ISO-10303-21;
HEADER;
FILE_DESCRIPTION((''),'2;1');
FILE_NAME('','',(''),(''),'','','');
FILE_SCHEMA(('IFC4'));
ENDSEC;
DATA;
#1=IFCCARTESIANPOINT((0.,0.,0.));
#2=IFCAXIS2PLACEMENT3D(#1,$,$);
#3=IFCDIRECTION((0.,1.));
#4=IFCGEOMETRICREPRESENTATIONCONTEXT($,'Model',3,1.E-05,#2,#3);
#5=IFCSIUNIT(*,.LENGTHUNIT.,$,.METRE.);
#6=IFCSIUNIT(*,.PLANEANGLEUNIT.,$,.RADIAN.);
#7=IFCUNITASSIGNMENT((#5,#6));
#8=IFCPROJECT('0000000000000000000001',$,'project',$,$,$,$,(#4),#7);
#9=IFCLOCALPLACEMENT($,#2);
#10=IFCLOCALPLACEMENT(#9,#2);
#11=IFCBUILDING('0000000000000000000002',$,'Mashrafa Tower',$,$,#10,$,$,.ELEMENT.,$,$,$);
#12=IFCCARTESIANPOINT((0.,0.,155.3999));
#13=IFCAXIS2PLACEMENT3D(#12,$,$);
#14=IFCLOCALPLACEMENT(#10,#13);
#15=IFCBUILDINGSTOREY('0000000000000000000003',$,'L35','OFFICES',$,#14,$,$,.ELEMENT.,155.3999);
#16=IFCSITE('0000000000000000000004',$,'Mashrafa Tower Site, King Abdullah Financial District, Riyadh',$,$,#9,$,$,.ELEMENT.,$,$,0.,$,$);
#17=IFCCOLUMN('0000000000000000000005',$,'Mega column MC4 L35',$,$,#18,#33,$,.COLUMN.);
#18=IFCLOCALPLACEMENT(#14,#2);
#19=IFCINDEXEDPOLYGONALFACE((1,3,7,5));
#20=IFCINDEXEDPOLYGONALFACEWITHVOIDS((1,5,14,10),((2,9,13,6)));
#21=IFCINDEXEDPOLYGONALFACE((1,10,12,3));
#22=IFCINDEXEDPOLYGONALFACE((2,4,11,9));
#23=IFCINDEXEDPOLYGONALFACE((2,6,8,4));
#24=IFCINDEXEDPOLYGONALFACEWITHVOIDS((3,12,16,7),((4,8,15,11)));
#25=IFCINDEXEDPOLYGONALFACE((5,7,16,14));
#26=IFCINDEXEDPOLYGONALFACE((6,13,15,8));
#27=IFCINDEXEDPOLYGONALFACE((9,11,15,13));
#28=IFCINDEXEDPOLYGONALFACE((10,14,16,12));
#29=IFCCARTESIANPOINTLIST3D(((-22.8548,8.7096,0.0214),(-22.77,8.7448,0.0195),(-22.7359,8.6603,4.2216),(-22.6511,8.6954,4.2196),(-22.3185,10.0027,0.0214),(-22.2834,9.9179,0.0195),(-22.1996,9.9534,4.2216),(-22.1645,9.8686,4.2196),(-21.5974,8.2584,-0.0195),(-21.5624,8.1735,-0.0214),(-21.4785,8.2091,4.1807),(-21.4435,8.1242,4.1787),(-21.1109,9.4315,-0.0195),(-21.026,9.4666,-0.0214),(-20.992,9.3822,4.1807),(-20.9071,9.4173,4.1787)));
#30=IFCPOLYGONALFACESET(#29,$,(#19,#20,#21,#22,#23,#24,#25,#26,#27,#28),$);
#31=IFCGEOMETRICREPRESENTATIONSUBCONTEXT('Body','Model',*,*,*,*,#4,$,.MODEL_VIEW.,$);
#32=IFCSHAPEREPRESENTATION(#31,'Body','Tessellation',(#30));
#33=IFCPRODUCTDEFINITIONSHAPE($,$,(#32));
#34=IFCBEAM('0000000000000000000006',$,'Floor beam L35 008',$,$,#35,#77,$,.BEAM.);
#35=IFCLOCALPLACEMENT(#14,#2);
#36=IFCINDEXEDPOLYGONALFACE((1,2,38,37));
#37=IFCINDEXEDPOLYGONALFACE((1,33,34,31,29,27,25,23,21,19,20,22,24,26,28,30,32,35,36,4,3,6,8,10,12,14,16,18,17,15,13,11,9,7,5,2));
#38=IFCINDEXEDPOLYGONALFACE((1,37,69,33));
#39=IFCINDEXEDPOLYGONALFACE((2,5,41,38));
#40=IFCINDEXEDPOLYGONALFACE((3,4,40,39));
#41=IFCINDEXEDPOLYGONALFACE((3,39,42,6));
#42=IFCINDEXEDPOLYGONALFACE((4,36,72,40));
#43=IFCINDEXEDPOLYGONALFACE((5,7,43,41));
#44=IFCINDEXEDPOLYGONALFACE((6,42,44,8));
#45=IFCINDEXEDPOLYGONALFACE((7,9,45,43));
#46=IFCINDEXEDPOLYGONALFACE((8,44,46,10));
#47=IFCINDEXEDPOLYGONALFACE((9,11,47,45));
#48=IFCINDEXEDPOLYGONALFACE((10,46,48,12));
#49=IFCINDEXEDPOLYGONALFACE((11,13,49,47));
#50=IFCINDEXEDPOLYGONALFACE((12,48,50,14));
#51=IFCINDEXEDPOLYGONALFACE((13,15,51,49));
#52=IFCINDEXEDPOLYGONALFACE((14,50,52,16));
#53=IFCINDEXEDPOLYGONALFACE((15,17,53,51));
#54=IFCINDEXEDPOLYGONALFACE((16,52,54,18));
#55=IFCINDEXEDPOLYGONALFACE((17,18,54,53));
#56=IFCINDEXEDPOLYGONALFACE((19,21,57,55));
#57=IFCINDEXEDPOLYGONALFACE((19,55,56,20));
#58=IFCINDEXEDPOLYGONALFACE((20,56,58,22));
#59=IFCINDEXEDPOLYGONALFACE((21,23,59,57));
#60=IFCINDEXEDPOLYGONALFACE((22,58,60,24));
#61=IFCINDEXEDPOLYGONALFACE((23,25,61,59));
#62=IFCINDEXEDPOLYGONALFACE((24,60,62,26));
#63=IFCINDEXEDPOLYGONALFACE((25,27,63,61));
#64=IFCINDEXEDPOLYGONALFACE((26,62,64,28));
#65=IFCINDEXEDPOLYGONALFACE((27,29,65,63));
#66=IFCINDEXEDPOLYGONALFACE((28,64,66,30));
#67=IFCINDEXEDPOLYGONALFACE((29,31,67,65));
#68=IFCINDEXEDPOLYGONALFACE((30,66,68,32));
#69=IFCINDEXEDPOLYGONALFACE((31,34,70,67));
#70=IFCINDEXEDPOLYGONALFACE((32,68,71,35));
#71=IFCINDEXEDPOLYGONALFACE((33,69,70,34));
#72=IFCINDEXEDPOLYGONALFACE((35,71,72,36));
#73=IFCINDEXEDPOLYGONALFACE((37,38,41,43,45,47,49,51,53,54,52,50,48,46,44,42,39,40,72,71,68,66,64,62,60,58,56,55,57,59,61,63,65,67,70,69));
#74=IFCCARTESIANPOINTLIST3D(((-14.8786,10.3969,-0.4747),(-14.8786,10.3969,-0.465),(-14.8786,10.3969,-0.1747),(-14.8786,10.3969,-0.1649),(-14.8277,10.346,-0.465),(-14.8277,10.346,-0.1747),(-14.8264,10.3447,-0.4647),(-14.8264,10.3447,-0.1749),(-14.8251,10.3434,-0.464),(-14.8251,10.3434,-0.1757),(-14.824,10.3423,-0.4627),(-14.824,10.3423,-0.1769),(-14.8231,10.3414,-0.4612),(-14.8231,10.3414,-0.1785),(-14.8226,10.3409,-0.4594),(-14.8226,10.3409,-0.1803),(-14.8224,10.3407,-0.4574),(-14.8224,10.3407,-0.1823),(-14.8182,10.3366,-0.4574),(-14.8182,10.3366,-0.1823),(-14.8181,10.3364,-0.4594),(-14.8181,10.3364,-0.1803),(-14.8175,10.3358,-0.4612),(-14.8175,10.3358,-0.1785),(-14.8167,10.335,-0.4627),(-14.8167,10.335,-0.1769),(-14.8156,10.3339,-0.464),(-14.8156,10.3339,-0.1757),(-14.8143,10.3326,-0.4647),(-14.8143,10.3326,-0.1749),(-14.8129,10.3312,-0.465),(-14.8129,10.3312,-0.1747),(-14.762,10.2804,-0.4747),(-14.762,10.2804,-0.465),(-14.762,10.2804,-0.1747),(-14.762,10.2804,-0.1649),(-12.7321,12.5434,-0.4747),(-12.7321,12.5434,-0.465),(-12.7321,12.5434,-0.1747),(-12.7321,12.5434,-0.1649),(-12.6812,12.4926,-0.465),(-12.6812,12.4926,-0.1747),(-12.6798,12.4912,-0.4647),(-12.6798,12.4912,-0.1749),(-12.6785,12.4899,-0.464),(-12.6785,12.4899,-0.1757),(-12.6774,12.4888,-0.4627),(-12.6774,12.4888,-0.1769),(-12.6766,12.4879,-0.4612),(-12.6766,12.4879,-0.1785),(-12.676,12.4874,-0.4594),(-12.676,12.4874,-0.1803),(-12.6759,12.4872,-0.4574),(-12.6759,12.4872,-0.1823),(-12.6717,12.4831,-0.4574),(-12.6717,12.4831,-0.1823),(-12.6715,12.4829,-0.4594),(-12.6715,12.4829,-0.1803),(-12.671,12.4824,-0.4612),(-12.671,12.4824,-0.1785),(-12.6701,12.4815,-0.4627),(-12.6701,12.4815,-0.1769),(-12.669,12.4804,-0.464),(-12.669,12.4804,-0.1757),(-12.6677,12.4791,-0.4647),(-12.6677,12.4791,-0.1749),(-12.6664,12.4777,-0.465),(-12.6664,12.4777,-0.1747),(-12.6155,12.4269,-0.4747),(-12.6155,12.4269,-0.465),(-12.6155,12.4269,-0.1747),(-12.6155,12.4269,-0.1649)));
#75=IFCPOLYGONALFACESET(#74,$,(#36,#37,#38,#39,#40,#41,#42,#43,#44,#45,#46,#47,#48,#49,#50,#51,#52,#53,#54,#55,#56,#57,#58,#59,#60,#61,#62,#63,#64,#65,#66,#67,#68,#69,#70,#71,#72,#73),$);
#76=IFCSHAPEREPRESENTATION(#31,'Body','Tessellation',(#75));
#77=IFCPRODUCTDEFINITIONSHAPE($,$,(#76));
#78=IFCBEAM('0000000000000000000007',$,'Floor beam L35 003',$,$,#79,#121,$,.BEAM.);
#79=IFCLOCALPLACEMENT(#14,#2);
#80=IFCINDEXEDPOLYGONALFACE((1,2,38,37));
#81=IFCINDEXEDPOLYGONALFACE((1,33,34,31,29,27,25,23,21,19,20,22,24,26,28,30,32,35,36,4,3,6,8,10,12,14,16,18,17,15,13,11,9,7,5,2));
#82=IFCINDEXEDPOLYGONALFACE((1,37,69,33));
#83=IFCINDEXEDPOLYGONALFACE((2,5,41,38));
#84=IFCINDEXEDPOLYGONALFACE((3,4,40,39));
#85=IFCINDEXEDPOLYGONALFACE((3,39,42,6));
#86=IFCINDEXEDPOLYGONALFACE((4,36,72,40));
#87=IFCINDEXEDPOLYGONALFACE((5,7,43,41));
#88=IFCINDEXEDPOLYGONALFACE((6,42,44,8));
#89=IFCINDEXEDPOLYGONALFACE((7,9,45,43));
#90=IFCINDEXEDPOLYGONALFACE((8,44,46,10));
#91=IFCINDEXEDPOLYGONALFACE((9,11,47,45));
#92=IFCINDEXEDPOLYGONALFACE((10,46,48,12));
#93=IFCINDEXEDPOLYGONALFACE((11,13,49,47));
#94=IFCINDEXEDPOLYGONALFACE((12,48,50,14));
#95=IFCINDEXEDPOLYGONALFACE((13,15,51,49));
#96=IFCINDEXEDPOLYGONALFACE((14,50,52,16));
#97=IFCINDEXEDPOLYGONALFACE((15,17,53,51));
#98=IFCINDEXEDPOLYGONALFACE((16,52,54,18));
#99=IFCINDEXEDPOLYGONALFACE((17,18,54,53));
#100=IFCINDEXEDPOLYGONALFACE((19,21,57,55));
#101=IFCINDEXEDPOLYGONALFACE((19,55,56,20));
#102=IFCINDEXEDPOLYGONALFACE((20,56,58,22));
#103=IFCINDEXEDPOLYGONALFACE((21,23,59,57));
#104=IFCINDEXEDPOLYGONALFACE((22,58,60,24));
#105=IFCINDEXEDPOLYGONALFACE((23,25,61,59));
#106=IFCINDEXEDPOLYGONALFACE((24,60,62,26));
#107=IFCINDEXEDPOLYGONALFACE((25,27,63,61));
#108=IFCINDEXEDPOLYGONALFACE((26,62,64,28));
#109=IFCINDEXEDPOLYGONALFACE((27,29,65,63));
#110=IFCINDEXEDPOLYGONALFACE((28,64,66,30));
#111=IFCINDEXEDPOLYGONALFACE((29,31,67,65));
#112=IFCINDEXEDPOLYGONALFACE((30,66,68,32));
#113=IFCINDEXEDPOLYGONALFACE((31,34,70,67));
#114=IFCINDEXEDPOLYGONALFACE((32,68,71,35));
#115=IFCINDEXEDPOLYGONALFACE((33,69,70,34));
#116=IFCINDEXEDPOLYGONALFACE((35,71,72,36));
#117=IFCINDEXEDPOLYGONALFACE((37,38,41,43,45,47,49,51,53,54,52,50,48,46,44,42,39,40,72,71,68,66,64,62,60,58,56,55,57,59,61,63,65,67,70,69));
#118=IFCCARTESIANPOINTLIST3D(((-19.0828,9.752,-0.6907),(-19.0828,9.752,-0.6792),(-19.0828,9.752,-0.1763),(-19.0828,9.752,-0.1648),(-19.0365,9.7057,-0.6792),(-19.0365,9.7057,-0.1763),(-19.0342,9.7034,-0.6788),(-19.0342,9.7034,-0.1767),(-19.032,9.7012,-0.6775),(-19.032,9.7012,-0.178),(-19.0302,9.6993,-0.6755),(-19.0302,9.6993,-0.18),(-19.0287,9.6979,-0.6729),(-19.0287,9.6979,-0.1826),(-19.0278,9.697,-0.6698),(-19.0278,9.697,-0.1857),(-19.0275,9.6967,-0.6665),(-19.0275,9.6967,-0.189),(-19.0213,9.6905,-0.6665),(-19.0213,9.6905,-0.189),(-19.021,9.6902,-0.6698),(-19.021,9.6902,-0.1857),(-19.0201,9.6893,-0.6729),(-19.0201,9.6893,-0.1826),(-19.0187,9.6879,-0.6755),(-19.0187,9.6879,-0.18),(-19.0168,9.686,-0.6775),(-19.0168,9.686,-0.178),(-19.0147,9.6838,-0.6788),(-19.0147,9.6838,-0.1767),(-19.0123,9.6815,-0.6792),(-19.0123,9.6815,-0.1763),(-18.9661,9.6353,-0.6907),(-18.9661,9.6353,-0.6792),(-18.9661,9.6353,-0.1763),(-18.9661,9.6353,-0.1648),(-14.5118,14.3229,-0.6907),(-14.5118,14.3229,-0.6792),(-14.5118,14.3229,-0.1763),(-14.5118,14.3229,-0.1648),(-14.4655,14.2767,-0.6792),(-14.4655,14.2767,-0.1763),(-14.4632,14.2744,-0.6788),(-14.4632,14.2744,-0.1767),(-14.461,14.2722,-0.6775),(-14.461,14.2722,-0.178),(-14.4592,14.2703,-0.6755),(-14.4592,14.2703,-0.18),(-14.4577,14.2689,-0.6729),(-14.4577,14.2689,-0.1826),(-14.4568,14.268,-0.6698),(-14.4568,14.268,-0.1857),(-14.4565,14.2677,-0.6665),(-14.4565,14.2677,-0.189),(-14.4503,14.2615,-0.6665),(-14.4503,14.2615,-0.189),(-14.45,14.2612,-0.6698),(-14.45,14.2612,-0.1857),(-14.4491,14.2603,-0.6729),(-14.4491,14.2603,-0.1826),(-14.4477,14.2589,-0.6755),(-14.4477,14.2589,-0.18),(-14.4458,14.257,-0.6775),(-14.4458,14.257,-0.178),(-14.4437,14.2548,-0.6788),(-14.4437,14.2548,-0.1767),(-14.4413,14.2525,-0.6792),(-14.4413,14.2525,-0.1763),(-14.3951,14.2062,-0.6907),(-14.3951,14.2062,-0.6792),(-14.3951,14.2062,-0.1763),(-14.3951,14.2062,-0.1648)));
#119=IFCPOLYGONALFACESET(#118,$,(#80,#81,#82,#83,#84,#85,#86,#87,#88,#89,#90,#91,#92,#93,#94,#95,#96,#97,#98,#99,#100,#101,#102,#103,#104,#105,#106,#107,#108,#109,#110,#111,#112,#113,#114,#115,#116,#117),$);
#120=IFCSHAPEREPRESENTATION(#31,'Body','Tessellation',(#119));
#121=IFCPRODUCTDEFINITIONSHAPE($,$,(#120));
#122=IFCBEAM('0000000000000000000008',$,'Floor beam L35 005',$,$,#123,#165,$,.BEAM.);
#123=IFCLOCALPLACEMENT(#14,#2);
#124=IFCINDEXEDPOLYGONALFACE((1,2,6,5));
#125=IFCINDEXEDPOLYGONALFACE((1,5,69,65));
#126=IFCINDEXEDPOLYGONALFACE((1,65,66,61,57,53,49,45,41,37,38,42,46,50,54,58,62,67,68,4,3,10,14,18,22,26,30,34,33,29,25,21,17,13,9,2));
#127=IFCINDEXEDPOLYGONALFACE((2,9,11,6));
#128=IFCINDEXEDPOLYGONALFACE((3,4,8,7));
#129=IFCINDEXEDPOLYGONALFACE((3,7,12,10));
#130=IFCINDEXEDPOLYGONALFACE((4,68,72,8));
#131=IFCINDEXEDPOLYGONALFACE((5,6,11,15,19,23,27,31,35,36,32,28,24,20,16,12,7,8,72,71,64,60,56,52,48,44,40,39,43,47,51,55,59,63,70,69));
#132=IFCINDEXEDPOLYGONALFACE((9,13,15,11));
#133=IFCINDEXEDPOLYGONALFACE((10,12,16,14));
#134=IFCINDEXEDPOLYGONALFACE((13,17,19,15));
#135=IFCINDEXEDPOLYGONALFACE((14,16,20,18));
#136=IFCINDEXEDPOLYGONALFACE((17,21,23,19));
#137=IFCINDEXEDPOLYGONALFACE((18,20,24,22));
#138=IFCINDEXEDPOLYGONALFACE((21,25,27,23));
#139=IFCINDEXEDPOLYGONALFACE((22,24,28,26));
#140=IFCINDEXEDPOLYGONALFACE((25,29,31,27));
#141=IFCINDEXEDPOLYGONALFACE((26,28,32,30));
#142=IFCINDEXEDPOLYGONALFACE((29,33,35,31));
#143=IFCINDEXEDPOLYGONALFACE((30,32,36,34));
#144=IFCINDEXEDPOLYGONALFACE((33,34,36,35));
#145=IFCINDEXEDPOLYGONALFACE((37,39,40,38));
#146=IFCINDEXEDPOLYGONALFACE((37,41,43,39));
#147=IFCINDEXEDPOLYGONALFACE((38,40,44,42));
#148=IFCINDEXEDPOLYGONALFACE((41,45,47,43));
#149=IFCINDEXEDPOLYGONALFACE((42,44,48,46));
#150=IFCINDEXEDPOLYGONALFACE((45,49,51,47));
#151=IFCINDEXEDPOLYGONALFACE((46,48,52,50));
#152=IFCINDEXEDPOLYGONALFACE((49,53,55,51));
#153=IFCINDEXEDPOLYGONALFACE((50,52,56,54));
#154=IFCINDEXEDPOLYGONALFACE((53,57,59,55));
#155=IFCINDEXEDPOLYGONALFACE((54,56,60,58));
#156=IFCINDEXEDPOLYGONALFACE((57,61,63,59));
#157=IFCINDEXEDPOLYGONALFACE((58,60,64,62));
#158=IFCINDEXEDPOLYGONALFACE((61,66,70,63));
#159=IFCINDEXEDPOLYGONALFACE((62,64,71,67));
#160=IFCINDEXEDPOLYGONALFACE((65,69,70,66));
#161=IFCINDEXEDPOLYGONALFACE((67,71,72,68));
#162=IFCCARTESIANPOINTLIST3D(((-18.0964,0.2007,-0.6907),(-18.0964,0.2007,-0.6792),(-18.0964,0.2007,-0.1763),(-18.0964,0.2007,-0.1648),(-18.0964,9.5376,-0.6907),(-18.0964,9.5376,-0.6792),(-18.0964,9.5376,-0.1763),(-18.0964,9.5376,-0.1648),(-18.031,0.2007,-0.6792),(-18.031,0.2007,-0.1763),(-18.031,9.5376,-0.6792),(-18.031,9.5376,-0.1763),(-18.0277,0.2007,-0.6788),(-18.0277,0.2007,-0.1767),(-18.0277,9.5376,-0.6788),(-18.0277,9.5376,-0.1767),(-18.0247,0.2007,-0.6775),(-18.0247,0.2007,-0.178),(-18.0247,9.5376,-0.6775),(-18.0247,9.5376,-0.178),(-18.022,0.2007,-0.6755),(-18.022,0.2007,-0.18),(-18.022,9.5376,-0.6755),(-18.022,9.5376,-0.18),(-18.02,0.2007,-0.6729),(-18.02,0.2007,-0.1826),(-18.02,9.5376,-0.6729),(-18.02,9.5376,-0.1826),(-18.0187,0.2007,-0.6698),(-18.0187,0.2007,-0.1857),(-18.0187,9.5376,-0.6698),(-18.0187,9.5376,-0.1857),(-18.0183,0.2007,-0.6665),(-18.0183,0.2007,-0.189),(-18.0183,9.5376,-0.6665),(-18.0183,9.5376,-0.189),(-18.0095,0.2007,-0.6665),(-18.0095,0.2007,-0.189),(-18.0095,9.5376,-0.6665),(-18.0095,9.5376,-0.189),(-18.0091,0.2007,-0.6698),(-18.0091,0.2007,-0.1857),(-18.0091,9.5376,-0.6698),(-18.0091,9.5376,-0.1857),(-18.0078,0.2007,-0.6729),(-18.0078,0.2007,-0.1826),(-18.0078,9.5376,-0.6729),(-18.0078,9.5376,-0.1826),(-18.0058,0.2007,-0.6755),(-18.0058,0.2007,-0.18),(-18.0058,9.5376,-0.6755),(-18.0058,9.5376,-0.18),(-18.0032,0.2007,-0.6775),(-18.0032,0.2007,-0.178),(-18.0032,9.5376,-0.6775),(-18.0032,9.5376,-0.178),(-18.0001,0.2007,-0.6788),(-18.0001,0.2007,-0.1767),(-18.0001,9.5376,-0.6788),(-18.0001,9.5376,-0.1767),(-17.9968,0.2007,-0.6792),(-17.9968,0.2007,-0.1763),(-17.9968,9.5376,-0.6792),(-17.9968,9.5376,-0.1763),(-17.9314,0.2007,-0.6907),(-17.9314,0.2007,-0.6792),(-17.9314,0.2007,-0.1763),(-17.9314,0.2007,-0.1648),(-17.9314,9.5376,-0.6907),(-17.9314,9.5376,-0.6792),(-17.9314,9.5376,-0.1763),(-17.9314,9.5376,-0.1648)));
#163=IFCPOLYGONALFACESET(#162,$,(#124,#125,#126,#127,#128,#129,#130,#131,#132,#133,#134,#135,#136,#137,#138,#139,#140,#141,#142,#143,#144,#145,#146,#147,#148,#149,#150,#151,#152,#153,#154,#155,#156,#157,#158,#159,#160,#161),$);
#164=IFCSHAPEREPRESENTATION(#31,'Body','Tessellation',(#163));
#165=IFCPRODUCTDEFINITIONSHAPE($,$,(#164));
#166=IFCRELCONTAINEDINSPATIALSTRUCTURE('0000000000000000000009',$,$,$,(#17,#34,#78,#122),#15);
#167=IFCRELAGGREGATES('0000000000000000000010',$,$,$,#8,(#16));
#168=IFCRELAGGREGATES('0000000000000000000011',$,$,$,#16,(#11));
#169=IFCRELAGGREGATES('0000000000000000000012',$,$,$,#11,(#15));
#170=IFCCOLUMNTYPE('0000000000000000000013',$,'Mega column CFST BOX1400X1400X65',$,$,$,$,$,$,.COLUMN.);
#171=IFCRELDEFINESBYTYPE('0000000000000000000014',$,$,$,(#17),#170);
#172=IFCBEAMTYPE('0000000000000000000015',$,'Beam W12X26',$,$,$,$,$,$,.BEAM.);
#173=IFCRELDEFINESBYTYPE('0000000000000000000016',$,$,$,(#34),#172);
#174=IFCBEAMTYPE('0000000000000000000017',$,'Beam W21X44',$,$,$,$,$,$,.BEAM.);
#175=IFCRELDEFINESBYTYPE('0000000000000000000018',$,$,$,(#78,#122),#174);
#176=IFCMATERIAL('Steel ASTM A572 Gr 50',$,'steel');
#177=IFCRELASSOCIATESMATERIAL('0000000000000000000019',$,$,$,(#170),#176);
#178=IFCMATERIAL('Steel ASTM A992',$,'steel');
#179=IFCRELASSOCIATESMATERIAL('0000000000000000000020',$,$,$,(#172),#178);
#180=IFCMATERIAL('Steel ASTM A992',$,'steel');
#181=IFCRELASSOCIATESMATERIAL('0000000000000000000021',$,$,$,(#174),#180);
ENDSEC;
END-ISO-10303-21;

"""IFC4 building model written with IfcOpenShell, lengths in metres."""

from ifc_helpers import new_model, si_unit, direction, frame, origin, origin_2d, place, context, subcontext, project, spatial, hollow_rectangle, i_section, extrude, material, material_profile, profile_set, type_object, element, save


model = new_model("IFC4")

# Units and contexts
model_context = context("Model", 3, precision=1e-05, world=origin(), true_north=direction((0.0, 1.0)))
body_context = subcontext(model_context, "Body", "Model", "MODEL_VIEW")
ifc_project = project(units=[si_unit("LENGTHUNIT", "METRE"), si_unit("PLANEANGLEUNIT", "RADIAN")], contexts=[model_context])

# Site, building, storey
site_placement = place(None, origin())
site = spatial("IfcSite", under=ifc_project, at=site_placement, Name="Mashrafa Tower Site, King Abdullah Financial District, Riyadh", CompositionType="ELEMENT", RefElevation=0.0)
building_placement = place(site_placement, origin())
building = spatial("IfcBuilding", under=site, at=building_placement, Name="Mashrafa Tower", CompositionType="ELEMENT")
storey_placement = place(building_placement, frame((0.0, 0.0, 155.3999)))
storey = spatial("IfcBuildingStorey", under=building, at=storey_placement, Name="L35", Description="OFFICES", CompositionType="ELEMENT", Elevation=155.3999)

# Column
ifc_material_1 = material(Name="Steel ASTM A572 Gr 50", Category="steel")
ifc_material_profile_1 = material_profile(ifc_material_1, hollow_rectangle(XDim=1.3999, YDim=1.3999, WallThickness=0.0649, at=origin_2d()), Name="BOX1400X1400X65")
ifc_profile_set_1 = profile_set([ifc_material_profile_1], Name="Steel ASTM A572 Gr 50")
column_type = type_object("IfcColumnType", Name="Mega column CFST BOX1400X1400X65", PredefinedType="COLUMN", material=ifc_profile_set_1)
column_placement = place(storey_placement, frame((-21.9404, 9.0881, 0.0), z_axis=(0.028294, -0.011736, 0.999531), x_axis=(0.383133, 0.923693, 0.0)))
element("IfcColumn", 1, at=column_placement, inside=storey, type_object=column_type, Name="Mega column MC4 L35", PredefinedType="COLUMN", context=body_context, shape_type="SweptSolid", body=[
    extrude(hollow_rectangle(XDim=1.3999, YDim=1.3999, WallThickness=0.0649, at=origin_2d()), origin(), (0.0, 0.0, 1.0), 4.2021),
])

# Beams
ifc_material_2 = material(Name="Steel ASTM A992", Category="steel")
ifc_material_profile_2 = material_profile(ifc_material_2, i_section(OverallWidth=0.1648, OverallDepth=0.3098, WebThickness=0.0059, FlangeThickness=0.0098, FilletRadius=0.0076, at=origin_2d()), Name="W12X26")
ifc_profile_set_2 = profile_set([ifc_material_profile_2], Name="Steel ASTM A992")
beam_type_1 = type_object("IfcBeamType", Name="Beam W12X26", PredefinedType="BEAM", material=ifc_profile_set_2)
beam_1_placement = place(storey_placement, frame((-14.8203, 10.3386, -0.3198), z_axis=(0.707107, 0.707107, 0.0), x_axis=(-0.707107, 0.707107, 0.0)))
element("IfcBeam", 2, at=beam_1_placement, inside=storey, type_object=beam_type_1, Name="Floor beam L35 008", PredefinedType="BEAM", context=body_context, shape_type="SweptSolid", body=[
    extrude(i_section(OverallWidth=0.1648, OverallDepth=0.3098, WebThickness=0.0059, FlangeThickness=0.0098, FilletRadius=0.0076, at=origin_2d()), origin(), (0.0, 0.0, 1.0), 3.0356),
])
ifc_material_3 = material(Name="Steel ASTM A992", Category="steel")
ifc_material_profile_3 = material_profile(ifc_material_3, i_section(OverallWidth=0.165, OverallDepth=0.5259, WebThickness=0.0088, FlangeThickness=0.0115, FilletRadius=0.0127, at=origin_2d()), Name="W21X44")
ifc_profile_set_3 = profile_set([ifc_material_profile_3], Name="Steel ASTM A992")
beam_type_2 = type_object("IfcBeamType", Name="Beam W21X44", PredefinedType="BEAM", material=ifc_profile_set_3)
beam_2_placement = place(storey_placement, frame((-19.0244, 9.6936, -0.4277), z_axis=(0.707107, 0.707107, 0.0), x_axis=(-0.707107, 0.707107, 0.0)))
element("IfcBeam", 3, at=beam_2_placement, inside=storey, type_object=beam_type_2, Name="Floor beam L35 003", PredefinedType="BEAM", context=body_context, shape_type="SweptSolid", body=[
    extrude(i_section(OverallWidth=0.165, OverallDepth=0.5259, WebThickness=0.0088, FlangeThickness=0.0115, FilletRadius=0.0127, at=origin_2d()), origin(), (0.0, 0.0, 1.0), 6.4644),
])
beam_3_placement = place(storey_placement, frame((-18.0139, 0.2007, -0.4277), z_axis=(0.0, 1.0, 0.0), x_axis=(-1.0, 0.0, 0.0)))
element("IfcBeam", 4, at=beam_3_placement, inside=storey, type_object=beam_type_2, Name="Floor beam L35 005", PredefinedType="BEAM", context=body_context, shape_type="SweptSolid", body=[
    extrude(i_section(OverallWidth=0.165, OverallDepth=0.5259, WebThickness=0.0088, FlangeThickness=0.0115, FilletRadius=0.0127, at=origin_2d()), origin(), (0.0, 0.0, 1.0), 9.3369),
])

save(model, "model.ifc")
